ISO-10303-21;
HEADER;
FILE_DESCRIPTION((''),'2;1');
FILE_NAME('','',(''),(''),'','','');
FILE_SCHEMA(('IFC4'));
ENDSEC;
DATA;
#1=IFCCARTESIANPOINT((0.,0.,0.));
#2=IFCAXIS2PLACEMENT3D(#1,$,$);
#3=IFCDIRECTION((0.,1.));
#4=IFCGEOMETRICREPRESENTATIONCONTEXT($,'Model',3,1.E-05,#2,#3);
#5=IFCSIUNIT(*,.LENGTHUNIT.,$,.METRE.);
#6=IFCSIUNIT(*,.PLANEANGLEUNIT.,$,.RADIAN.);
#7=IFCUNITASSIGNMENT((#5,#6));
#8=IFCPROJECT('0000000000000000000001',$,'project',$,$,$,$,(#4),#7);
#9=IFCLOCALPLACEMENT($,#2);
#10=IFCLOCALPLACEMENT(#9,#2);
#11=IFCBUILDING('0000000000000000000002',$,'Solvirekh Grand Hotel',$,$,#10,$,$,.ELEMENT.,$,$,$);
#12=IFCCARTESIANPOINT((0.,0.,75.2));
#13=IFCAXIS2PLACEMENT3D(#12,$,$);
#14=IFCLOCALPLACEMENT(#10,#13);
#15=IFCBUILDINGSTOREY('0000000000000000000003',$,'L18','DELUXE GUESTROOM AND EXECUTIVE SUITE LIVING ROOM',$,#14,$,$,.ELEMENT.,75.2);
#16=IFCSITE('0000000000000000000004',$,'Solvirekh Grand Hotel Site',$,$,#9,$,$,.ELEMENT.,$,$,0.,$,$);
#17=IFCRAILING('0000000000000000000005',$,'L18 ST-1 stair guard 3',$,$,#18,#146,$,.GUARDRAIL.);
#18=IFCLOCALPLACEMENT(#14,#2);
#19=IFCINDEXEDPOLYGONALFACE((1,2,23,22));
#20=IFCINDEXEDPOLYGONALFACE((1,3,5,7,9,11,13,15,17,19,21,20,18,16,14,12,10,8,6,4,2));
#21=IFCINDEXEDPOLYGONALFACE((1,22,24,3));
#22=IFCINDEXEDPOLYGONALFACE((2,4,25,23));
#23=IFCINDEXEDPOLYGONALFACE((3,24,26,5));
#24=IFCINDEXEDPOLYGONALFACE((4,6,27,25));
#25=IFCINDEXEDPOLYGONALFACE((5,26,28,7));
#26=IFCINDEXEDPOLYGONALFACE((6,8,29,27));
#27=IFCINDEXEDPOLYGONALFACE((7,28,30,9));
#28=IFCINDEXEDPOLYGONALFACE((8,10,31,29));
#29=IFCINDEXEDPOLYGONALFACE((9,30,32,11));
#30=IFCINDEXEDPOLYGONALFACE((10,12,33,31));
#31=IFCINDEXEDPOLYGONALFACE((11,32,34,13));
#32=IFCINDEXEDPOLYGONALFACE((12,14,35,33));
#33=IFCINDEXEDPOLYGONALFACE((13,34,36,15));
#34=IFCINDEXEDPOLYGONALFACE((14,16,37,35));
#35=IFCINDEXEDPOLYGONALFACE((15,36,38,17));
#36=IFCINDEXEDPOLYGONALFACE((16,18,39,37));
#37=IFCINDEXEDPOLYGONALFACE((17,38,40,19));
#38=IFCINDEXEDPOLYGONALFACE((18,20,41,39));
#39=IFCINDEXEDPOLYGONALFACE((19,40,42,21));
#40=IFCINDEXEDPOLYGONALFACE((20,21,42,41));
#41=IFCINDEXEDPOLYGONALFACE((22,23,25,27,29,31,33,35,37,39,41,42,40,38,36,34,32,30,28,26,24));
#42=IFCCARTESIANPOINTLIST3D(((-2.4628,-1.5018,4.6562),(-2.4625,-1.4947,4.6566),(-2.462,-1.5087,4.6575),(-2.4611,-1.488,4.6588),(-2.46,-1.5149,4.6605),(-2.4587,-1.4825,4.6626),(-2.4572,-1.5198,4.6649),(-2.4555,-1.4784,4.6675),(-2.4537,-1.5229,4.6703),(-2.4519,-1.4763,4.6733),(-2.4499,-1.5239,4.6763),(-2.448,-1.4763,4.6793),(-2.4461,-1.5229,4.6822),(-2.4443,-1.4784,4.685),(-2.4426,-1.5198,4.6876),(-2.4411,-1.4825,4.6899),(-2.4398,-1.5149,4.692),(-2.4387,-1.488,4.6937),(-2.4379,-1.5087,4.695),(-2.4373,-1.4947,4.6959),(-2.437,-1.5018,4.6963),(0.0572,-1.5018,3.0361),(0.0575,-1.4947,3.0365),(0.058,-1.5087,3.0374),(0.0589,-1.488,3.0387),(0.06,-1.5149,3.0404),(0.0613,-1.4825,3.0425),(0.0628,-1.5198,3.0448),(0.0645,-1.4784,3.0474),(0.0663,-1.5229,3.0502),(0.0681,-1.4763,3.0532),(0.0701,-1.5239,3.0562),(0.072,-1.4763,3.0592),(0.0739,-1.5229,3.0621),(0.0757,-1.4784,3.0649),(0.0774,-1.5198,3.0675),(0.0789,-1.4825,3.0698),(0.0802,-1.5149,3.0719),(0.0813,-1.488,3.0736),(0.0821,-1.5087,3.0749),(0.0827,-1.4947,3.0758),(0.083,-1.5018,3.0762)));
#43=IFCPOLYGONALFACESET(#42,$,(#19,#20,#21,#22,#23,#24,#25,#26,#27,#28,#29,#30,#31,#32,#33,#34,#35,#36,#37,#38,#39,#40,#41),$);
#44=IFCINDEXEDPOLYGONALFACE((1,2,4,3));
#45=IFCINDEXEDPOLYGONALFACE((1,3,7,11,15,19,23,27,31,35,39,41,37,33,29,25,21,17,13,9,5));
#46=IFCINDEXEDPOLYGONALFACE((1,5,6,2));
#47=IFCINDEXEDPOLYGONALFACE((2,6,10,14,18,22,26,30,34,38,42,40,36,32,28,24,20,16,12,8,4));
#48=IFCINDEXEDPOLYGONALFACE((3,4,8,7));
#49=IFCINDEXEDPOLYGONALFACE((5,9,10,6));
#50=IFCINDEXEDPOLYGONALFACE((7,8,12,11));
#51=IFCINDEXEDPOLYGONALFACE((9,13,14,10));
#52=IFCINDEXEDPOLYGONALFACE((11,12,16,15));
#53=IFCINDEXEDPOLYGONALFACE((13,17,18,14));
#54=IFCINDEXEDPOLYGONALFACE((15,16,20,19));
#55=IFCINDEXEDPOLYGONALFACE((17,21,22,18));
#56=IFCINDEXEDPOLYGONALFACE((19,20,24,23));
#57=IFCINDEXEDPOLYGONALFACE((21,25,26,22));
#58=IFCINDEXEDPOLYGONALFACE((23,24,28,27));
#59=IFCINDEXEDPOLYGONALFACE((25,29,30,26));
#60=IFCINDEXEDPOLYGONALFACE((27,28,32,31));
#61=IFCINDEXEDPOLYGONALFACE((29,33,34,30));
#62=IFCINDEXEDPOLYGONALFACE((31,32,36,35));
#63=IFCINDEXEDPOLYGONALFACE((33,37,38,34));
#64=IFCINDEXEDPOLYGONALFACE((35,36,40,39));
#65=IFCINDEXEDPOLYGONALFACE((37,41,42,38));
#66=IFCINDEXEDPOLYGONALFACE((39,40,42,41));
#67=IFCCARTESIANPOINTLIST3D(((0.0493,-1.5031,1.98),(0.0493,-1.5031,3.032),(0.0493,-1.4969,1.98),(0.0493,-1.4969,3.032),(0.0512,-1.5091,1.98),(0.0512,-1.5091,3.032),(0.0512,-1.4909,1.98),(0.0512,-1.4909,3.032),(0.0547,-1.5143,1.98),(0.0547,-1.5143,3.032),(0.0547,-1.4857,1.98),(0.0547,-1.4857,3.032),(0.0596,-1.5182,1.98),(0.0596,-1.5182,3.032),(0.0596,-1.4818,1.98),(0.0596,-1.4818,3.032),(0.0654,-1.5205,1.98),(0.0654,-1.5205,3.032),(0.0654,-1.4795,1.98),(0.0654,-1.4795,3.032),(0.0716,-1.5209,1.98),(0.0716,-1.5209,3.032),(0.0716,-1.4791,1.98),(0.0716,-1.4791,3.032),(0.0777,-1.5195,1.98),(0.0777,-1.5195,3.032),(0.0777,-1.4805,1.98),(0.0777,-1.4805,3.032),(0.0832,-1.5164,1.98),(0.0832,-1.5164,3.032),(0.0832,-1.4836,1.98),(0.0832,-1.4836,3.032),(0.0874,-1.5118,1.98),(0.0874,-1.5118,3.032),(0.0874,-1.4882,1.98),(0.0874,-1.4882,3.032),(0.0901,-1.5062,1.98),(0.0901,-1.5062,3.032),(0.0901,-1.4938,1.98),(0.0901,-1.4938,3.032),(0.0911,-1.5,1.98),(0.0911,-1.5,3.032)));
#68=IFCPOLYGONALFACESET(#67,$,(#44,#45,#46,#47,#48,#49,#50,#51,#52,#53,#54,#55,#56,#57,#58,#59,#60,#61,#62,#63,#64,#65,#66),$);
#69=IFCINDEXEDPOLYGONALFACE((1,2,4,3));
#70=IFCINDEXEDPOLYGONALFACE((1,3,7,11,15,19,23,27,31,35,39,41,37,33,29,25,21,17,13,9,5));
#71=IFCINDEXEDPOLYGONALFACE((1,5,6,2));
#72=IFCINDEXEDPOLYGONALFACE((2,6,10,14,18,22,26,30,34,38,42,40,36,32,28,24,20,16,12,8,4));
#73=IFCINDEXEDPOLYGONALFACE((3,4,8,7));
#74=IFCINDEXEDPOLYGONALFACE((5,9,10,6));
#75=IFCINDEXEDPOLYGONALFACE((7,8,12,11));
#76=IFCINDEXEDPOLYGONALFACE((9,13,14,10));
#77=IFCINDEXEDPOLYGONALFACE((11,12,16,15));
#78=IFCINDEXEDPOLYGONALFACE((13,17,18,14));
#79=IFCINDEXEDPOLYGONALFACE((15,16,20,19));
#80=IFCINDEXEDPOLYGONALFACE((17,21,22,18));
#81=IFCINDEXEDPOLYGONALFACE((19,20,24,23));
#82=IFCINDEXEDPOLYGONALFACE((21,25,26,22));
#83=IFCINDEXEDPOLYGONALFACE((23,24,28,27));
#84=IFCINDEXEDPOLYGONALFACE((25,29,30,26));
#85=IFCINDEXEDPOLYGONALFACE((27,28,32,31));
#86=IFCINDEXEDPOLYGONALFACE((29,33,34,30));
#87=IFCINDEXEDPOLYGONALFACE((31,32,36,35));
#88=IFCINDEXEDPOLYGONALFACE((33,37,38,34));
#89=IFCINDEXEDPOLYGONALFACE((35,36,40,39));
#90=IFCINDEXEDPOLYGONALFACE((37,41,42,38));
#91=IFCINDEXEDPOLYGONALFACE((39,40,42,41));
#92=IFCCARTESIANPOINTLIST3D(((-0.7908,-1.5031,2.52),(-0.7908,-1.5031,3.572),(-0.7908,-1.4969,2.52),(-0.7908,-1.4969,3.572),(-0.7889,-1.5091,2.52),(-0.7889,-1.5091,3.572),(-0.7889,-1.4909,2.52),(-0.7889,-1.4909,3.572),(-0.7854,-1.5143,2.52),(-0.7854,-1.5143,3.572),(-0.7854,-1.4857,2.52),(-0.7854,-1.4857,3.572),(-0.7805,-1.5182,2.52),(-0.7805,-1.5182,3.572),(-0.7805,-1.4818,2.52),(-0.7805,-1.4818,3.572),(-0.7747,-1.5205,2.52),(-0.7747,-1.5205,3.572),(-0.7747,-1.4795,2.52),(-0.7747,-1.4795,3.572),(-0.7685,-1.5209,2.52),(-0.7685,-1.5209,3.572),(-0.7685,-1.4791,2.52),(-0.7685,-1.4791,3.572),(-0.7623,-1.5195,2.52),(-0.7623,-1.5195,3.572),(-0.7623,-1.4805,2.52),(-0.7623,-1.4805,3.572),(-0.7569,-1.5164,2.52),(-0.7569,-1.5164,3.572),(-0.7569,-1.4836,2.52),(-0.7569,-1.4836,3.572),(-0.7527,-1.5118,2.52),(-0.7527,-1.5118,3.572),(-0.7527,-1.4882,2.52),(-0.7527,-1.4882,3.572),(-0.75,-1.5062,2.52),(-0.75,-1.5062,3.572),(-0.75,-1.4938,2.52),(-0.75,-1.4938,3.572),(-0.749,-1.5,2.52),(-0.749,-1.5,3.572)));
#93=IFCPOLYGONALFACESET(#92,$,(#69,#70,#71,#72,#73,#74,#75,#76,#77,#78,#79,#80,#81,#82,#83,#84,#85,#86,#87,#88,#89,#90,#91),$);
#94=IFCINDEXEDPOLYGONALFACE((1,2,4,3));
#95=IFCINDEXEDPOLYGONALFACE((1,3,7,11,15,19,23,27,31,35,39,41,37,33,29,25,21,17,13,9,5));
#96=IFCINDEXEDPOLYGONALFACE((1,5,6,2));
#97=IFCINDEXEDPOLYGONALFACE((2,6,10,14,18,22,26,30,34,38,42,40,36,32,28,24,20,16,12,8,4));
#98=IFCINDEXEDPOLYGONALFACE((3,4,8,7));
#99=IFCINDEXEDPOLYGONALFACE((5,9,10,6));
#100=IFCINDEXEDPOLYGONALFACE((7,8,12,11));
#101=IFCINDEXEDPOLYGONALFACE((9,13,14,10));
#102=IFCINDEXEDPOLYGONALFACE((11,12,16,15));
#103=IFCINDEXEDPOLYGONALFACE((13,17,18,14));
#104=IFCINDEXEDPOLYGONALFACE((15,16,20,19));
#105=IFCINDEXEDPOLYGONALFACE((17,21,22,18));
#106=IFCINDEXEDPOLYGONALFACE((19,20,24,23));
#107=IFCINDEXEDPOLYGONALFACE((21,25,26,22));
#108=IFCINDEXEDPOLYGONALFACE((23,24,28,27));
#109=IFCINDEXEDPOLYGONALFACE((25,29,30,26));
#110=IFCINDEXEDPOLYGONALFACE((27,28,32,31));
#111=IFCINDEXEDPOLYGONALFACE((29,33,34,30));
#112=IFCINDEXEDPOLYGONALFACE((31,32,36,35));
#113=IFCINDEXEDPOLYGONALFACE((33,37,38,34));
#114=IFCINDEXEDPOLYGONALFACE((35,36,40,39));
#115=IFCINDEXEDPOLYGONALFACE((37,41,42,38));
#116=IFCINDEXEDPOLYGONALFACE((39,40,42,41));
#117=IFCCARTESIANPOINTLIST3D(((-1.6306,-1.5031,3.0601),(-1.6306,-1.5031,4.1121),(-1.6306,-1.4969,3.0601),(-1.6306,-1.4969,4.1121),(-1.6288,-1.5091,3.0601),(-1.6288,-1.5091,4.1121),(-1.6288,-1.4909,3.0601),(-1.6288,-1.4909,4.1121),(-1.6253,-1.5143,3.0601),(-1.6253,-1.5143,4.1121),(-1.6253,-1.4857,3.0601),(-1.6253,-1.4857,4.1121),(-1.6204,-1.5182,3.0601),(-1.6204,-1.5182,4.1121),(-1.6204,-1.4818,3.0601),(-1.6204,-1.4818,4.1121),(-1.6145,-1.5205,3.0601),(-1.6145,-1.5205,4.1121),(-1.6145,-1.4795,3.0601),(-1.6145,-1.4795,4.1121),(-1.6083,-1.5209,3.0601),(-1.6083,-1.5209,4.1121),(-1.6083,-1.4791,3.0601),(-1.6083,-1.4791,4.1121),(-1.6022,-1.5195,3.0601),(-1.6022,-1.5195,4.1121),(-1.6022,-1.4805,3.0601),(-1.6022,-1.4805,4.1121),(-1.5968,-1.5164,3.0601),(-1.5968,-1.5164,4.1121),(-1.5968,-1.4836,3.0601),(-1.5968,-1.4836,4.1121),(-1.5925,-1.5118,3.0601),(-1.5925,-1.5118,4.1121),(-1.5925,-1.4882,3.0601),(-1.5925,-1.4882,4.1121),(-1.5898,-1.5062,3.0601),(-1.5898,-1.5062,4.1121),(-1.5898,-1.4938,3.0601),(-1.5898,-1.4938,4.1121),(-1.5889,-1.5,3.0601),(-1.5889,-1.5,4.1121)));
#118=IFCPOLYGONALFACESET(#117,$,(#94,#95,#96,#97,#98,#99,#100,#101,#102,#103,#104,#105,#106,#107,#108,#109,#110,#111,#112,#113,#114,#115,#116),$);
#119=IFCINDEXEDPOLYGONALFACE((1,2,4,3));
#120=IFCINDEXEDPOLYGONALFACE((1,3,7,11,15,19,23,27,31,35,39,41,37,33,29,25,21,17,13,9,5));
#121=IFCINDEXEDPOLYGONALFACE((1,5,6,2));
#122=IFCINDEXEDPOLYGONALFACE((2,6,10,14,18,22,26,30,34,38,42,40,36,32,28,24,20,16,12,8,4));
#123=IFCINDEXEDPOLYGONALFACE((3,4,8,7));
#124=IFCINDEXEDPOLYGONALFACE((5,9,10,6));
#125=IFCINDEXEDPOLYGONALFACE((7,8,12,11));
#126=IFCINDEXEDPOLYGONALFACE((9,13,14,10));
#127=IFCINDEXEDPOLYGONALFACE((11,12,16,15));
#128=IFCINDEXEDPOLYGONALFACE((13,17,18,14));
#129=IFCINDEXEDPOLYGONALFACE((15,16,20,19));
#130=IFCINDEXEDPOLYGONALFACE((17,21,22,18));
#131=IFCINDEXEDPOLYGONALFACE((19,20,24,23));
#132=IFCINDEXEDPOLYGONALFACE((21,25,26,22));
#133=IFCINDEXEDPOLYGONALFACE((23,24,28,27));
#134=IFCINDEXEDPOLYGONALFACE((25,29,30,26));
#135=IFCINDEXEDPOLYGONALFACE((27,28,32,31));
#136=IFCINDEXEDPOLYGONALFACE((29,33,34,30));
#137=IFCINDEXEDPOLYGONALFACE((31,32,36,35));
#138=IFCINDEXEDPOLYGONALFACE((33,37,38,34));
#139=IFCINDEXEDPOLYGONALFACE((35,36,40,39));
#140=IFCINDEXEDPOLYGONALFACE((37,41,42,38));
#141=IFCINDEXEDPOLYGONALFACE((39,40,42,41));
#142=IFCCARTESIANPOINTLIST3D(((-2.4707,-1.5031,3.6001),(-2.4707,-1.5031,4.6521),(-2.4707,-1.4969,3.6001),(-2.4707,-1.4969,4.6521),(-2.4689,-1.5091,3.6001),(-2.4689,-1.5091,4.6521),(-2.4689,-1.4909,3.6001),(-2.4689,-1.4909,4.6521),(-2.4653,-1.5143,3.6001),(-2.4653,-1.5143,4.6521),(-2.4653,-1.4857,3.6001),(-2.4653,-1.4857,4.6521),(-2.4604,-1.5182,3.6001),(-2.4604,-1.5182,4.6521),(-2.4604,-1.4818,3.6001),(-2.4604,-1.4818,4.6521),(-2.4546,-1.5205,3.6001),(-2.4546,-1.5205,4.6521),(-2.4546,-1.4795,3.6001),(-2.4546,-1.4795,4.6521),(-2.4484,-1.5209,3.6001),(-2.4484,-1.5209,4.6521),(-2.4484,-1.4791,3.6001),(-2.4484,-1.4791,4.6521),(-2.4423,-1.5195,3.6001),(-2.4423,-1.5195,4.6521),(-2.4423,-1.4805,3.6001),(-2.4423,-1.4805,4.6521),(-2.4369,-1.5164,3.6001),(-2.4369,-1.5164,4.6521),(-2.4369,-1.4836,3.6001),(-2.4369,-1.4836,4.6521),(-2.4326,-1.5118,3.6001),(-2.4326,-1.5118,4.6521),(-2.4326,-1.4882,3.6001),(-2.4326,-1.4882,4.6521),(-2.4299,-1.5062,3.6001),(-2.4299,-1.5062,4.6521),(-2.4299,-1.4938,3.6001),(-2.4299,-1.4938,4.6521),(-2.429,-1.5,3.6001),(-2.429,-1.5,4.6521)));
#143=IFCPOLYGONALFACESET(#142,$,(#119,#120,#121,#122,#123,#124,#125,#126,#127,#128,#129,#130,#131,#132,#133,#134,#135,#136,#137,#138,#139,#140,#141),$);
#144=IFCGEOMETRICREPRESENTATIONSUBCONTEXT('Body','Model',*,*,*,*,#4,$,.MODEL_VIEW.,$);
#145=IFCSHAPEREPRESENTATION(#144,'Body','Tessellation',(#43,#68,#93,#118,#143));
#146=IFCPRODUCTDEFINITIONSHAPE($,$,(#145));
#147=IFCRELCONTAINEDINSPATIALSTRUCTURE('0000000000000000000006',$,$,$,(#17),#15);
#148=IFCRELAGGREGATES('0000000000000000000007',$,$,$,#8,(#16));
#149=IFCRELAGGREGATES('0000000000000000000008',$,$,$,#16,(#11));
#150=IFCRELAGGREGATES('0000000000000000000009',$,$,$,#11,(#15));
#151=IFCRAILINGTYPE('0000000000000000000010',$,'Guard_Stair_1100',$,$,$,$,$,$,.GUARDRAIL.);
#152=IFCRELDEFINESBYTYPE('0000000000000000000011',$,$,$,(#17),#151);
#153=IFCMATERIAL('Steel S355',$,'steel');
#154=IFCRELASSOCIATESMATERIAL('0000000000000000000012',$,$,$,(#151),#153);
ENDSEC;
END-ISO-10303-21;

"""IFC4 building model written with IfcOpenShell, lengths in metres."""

from ifc_helpers import new_model, si_unit, direction, frame, origin, origin_2d, place, context, subcontext, project, spatial, circle, extrude, material, type_object, element, save


model = new_model("IFC4")

# Units and contexts
model_context = context("Model", 3, precision=1e-05, world=origin(), true_north=direction((0.0, 1.0)))
body_context = subcontext(model_context, "Body", "Model", "MODEL_VIEW")
ifc_project = project(units=[si_unit("LENGTHUNIT", "METRE"), si_unit("PLANEANGLEUNIT", "RADIAN")], contexts=[model_context])

# Site, building, storey
site_placement = place(None, origin())
site = spatial("IfcSite", under=ifc_project, at=site_placement, Name="Solvirekh Grand Hotel Site", CompositionType="ELEMENT", RefElevation=0.0)
building_placement = place(site_placement, origin())
building = spatial("IfcBuilding", under=site, at=building_placement, Name="Solvirekh Grand Hotel", CompositionType="ELEMENT")
storey_placement = place(building_placement, frame((0.0, 0.0, 75.2)))
storey = spatial("IfcBuildingStorey", under=building, at=storey_placement, Name="L18", Description="DELUXE GUESTROOM AND EXECUTIVE SUITE LIVING ROOM", CompositionType="ELEMENT", Elevation=75.2)

# Railing
ifc_material_1 = material(Name="Steel S355", Category="steel")
railing_type_1 = type_object("IfcRailingType", Name="Guard_Stair_1100", PredefinedType="GUARDRAIL", material=ifc_material_1)
railing_1_placement = place(storey_placement, frame((0.0701, -1.5, 1.98)))
element("IfcRailing", 1, at=railing_1_placement, inside=storey, type_object=railing_type_1, Name="L18 ST-1 stair guard 3", PredefinedType="GUARDRAIL", context=body_context, shape_type="SweptSolid", body=[
    extrude(circle(Radius=0.0239, at=origin_2d()), frame((0.0, 0.0, 1.0762), z_axis=(-0.841163, 0.0, 0.540782), x_axis=(0.0, -1.0, 0.0)), (0.0, 0.0, 1.0), 2.9958),
    extrude(circle(Radius=0.021, at=origin_2d()), origin(), (0.0, 0.0, 1.0), 1.052),
    extrude(circle(Radius=0.021, at=origin_2d()), frame((-0.8401, 0.0, 0.54)), (0.0, 0.0, 1.0), 1.052),
    extrude(circle(Radius=0.021, at=origin_2d()), frame((-1.6799, 0.0, 1.0801)), (0.0, 0.0, 1.0), 1.052),
    extrude(circle(Radius=0.021, at=origin_2d()), frame((-2.52, 0.0, 1.6201)), (0.0, 0.0, 1.0), 1.052),
])

save(model, "model.ifc")
